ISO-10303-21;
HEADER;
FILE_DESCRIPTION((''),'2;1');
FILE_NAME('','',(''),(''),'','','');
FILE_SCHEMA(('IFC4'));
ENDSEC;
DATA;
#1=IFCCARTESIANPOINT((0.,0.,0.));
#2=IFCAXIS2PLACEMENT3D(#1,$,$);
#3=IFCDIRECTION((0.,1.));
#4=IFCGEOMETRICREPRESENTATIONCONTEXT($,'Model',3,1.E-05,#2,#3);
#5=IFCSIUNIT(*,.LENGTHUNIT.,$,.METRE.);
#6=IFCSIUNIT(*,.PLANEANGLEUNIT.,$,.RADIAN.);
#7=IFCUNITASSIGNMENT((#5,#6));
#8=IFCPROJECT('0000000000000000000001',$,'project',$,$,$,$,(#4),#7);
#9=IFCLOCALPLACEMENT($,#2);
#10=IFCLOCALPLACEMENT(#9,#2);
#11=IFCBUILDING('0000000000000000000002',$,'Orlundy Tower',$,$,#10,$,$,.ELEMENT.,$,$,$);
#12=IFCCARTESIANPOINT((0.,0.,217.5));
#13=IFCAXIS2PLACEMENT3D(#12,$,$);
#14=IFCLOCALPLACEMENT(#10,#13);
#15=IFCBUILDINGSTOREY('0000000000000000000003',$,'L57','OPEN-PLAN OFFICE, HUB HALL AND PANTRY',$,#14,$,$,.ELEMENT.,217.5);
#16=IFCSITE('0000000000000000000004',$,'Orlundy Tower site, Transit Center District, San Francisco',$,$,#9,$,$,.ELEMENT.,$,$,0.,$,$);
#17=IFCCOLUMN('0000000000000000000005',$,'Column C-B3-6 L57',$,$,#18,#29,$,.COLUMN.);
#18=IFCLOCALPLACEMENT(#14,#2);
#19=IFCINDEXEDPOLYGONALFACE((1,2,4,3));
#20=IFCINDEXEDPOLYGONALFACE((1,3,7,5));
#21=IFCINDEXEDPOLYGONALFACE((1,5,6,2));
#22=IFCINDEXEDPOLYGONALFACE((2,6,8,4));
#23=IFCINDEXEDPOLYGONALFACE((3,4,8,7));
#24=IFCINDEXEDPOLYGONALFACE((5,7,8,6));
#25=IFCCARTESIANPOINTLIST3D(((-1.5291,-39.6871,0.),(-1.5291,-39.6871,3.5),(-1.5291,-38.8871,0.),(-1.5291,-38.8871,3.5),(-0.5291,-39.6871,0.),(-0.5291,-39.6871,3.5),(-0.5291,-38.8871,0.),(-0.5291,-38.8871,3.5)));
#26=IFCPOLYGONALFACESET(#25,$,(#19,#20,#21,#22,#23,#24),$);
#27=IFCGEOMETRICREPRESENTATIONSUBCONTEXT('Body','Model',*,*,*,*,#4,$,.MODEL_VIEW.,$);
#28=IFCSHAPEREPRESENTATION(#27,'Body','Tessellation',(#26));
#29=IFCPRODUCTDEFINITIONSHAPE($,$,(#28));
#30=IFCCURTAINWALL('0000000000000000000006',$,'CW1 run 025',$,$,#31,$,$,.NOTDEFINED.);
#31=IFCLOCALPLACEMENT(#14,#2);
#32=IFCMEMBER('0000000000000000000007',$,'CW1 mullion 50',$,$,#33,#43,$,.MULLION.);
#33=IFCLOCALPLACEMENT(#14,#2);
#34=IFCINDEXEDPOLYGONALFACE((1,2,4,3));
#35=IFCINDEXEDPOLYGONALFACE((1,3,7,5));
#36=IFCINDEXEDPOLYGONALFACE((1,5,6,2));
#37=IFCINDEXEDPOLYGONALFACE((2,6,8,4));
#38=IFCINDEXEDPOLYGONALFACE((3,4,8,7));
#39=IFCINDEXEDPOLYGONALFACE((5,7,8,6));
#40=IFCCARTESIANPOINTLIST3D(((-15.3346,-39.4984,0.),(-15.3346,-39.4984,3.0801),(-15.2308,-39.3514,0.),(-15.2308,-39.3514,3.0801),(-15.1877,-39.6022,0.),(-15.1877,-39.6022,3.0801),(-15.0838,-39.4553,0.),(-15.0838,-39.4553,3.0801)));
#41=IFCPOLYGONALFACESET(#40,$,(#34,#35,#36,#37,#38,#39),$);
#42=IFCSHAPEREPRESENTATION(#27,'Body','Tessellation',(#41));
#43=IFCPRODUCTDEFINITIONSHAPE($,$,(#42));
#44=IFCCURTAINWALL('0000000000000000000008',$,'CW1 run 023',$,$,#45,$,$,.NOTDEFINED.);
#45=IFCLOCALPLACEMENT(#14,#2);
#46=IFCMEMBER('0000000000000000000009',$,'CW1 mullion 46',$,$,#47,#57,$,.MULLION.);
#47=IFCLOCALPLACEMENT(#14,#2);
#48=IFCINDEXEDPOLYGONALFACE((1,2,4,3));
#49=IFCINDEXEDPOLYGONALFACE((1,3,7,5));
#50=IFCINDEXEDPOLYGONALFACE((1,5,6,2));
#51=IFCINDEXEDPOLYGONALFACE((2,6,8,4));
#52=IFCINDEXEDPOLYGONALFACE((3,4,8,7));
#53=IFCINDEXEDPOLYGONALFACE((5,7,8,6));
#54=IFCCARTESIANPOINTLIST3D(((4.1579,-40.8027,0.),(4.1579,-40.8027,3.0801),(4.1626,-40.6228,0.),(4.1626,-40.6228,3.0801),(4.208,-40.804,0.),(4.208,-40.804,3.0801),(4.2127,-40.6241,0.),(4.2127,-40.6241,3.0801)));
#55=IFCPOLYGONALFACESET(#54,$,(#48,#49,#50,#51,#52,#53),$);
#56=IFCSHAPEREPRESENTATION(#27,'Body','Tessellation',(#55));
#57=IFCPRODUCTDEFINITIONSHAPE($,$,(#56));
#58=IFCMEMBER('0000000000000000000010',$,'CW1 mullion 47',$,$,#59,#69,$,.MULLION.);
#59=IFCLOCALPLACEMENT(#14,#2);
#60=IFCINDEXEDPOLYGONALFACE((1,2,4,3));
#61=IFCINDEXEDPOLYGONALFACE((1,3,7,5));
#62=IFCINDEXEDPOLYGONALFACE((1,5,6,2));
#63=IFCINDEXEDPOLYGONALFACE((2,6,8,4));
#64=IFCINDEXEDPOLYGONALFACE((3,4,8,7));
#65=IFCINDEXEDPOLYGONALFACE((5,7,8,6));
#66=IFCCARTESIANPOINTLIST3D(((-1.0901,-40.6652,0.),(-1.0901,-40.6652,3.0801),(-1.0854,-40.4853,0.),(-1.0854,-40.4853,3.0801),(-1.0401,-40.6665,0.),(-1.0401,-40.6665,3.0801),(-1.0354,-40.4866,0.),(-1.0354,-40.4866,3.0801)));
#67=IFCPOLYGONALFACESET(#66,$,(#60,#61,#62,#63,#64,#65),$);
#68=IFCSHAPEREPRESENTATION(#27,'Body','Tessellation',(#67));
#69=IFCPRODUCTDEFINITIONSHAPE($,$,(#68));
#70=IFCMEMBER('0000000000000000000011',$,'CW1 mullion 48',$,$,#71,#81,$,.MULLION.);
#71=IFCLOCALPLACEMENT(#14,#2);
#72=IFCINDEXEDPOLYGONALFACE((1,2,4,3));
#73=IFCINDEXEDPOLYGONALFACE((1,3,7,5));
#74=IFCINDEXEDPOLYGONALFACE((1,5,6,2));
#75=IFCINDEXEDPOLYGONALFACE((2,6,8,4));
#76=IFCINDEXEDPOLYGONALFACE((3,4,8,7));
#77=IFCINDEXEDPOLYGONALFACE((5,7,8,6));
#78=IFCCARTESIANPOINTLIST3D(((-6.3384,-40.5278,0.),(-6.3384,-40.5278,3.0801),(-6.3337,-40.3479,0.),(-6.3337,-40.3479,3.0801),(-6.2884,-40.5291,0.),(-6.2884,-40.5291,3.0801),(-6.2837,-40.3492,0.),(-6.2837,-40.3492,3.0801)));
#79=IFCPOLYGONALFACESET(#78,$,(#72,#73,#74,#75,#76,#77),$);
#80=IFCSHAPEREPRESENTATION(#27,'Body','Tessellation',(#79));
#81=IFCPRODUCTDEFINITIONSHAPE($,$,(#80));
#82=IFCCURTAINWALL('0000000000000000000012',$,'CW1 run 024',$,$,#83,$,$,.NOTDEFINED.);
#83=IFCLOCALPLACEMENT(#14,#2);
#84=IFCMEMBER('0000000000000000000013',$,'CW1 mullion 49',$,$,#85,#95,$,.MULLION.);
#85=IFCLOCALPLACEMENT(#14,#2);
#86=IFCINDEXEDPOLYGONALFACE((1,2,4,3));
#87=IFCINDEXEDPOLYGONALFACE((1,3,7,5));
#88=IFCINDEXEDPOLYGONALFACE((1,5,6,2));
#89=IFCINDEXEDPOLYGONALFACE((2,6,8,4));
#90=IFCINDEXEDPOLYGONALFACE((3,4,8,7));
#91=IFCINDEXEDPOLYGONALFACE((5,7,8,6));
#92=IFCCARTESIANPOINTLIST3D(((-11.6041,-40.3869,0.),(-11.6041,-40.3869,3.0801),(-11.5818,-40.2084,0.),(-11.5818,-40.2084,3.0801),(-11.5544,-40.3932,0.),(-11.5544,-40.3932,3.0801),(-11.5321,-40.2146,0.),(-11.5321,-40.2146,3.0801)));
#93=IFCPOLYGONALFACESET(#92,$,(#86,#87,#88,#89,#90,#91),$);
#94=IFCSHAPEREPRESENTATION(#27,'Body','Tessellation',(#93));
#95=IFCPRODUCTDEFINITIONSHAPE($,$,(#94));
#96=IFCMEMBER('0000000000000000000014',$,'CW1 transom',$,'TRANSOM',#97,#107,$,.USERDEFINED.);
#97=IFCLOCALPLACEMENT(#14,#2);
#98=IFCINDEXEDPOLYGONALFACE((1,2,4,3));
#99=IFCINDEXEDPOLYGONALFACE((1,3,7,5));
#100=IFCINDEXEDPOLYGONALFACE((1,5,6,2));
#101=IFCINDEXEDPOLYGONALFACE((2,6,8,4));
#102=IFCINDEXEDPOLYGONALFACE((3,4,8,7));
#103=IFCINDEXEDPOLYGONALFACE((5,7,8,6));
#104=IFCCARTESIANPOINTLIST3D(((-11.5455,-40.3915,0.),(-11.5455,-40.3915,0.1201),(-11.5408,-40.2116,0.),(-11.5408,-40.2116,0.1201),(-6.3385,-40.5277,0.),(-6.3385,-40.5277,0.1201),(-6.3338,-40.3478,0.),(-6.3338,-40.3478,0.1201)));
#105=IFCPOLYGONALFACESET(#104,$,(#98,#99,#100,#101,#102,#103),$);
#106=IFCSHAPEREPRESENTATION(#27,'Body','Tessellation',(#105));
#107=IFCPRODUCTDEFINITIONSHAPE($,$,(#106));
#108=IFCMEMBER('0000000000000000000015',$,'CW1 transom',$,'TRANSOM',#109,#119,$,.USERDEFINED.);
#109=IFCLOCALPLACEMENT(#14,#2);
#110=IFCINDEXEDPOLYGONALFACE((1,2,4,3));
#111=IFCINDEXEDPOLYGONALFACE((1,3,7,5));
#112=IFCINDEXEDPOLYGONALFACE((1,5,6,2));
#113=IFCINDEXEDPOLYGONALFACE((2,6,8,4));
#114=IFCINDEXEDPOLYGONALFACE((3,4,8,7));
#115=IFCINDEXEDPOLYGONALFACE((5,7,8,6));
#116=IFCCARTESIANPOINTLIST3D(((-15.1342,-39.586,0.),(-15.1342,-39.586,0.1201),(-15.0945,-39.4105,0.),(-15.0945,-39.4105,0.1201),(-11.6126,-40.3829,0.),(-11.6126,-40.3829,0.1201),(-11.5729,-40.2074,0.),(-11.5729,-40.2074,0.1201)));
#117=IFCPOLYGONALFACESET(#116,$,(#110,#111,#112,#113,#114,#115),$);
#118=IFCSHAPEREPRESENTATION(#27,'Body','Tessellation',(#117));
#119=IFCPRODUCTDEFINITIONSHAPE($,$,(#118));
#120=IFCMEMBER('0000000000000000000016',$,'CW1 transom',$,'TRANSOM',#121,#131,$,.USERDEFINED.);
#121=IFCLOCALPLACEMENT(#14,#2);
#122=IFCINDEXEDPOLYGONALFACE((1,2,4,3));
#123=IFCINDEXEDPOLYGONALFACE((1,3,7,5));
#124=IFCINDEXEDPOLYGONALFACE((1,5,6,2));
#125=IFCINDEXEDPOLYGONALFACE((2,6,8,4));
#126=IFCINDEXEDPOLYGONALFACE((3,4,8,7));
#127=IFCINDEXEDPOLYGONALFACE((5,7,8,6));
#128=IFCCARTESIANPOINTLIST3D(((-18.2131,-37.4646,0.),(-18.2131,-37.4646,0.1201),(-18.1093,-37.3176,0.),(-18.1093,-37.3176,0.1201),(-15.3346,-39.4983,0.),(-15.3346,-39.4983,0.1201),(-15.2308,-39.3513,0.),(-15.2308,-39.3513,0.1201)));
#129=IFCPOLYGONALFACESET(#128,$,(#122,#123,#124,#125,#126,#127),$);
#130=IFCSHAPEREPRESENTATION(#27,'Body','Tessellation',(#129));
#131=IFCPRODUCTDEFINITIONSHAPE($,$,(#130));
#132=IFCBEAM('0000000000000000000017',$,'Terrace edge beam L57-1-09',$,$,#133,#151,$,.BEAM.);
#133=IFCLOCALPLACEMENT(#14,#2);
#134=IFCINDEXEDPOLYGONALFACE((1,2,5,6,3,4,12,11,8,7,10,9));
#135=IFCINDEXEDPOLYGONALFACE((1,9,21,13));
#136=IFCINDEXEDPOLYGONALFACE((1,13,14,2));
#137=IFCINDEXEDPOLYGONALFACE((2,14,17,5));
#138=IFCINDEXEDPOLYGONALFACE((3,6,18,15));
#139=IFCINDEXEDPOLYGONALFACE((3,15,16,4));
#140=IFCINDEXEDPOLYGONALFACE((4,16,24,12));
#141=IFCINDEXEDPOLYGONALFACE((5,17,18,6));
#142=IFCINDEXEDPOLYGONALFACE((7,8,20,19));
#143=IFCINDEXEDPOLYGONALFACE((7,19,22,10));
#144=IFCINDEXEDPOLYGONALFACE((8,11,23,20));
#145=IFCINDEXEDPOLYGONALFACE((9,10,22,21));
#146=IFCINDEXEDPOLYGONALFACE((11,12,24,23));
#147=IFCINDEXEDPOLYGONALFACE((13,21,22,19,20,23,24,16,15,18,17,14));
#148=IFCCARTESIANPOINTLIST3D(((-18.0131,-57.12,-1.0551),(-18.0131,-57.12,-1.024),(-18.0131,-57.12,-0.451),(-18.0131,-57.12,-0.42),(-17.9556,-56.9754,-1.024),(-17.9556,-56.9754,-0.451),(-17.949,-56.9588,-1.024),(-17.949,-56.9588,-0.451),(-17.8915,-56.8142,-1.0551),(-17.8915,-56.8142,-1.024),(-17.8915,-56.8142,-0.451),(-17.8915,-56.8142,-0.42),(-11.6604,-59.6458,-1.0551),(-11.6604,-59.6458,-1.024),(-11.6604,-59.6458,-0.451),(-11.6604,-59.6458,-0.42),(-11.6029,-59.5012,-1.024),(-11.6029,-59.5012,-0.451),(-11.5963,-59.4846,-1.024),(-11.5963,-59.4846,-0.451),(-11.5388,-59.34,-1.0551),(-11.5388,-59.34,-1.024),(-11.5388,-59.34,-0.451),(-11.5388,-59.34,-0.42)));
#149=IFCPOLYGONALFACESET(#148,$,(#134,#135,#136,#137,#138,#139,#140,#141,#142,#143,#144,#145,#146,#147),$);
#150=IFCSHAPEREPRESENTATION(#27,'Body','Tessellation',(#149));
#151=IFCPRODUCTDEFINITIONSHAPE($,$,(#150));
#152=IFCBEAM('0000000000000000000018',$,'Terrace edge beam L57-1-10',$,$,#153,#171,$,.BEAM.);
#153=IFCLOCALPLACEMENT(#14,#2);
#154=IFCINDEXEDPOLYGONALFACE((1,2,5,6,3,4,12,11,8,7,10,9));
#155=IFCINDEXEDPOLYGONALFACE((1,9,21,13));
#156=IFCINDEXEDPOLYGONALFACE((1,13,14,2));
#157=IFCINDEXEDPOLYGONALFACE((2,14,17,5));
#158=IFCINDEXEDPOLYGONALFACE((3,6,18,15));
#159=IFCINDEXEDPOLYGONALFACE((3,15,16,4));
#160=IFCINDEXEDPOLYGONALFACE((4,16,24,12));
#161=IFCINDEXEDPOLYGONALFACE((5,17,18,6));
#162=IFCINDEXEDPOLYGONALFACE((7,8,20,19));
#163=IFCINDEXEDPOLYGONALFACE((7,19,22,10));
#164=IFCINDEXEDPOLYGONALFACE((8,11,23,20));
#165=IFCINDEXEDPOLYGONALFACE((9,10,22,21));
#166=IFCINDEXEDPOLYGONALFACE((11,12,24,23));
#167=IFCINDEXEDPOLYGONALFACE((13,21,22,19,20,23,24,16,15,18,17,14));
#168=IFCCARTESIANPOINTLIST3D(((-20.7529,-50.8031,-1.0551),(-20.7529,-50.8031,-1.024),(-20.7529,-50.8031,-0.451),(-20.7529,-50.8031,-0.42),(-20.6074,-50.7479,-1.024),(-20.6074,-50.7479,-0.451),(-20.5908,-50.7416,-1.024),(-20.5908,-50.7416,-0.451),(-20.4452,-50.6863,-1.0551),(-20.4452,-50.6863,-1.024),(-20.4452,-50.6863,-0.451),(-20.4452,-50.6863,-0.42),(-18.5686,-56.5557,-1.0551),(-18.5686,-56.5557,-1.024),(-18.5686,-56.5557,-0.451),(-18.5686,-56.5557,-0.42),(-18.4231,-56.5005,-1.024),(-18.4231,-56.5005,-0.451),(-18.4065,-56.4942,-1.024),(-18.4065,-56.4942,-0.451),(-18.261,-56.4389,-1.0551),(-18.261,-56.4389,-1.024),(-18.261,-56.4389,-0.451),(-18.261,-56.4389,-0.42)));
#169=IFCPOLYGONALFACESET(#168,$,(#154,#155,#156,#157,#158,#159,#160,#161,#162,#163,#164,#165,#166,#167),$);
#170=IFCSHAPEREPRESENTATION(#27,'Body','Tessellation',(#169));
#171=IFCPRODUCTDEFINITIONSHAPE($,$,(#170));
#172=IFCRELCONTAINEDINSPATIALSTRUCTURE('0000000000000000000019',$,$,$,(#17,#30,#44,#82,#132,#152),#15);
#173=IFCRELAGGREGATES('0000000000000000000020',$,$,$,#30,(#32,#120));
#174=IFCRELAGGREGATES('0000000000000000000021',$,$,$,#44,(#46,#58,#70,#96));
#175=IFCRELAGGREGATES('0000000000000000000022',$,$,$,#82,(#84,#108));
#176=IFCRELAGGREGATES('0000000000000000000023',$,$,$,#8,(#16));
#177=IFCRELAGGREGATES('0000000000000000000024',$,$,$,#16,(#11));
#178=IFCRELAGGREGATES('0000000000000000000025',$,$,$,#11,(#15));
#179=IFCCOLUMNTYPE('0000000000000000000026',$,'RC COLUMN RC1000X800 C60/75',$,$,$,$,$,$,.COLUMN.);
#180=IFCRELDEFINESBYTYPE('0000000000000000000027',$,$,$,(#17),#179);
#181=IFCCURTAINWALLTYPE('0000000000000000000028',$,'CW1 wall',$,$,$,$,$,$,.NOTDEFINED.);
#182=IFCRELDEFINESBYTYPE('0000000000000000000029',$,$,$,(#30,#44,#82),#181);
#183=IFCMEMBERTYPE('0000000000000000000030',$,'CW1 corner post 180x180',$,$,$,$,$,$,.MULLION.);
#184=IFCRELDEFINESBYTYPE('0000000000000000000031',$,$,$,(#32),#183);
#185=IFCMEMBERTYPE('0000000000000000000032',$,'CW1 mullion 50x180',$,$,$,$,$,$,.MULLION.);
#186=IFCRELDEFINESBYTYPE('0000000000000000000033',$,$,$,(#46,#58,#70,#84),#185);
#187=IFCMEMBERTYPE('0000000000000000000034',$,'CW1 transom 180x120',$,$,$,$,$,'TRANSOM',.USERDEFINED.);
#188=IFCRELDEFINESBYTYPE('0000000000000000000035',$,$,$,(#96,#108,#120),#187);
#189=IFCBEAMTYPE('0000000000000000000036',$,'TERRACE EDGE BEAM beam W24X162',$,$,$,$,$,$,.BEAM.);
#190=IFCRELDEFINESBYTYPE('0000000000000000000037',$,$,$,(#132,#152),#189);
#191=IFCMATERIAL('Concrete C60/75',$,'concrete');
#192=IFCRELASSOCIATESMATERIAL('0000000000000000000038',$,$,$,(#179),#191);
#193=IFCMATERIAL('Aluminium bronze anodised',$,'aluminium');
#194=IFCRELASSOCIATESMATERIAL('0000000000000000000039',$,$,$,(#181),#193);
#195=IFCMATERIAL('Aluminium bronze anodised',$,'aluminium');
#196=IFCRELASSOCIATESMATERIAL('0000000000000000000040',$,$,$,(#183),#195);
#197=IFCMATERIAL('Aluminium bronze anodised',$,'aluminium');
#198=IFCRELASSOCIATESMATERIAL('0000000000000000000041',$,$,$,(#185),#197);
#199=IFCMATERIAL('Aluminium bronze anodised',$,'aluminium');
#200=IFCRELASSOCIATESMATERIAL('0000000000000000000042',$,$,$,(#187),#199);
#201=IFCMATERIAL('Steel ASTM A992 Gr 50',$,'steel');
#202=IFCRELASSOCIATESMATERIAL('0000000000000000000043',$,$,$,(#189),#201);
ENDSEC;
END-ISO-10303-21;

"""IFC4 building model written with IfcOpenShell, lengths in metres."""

from ifc_helpers import new_model, si_unit, direction, frame, origin, origin_2d, place, context, subcontext, project, spatial, rectangle, i_section, extrude, material, material_profile, profile_set, type_object, element, aggregate, save


model = new_model("IFC4")

# Units and contexts
model_context = context("Model", 3, precision=1e-05, world=origin(), true_north=direction((0.0, 1.0)))
body_context = subcontext(model_context, "Body", "Model", "MODEL_VIEW")
ifc_project = project(units=[si_unit("LENGTHUNIT", "METRE"), si_unit("PLANEANGLEUNIT", "RADIAN")], contexts=[model_context])

# Site, building, storey
site_placement = place(None, origin())
site = spatial("IfcSite", under=ifc_project, at=site_placement, Name="Orlundy Tower site, Transit Center District, San Francisco", CompositionType="ELEMENT", RefElevation=0.0)
building_placement = place(site_placement, origin())
building = spatial("IfcBuilding", under=site, at=building_placement, Name="Orlundy Tower", CompositionType="ELEMENT")
storey_placement = place(building_placement, frame((0.0, 0.0, 217.5)))
storey = spatial("IfcBuildingStorey", under=building, at=storey_placement, Name="L57", Description="OPEN-PLAN OFFICE, HUB HALL AND PANTRY", CompositionType="ELEMENT", Elevation=217.5)

# Column
ifc_material_1 = material(Name="Concrete C60/75", Category="concrete")
ifc_material_profile_1 = material_profile(ifc_material_1, rectangle(XDim=1.0, YDim=0.8, at=origin_2d()), Name="RC1000X800")
ifc_profile_set_1 = profile_set([ifc_material_profile_1], Name="Concrete C60/75")
column_type = type_object("IfcColumnType", Name="RC COLUMN RC1000X800 C60/75", PredefinedType="COLUMN", material=ifc_profile_set_1)
column_placement = place(storey_placement, frame((-1.0291, -39.2871, 0.0), z_axis=(0.0, 0.0, 1.0), x_axis=(1.0, 0.0, 0.0)))
element("IfcColumn", 1, at=column_placement, inside=storey, type_object=column_type, Name="Column C-B3-6 L57", PredefinedType="COLUMN", context=body_context, shape_type="SweptSolid", body=[
    extrude(rectangle(XDim=1.0, YDim=0.8, at=origin_2d()), origin(), (0.0, 0.0, 1.0), 3.5),
])

# Curtain wall, member
ifc_material_2 = material(Name="Aluminium bronze anodised", Category="aluminium")
curtain_wall_type = type_object("IfcCurtainWallType", Name="CW1 wall", PredefinedType="NOTDEFINED", material=ifc_material_2)
curtain_wall_1_placement = place(storey_placement, origin())
curtain_wall_1 = element("IfcCurtainWall", 2, at=curtain_wall_1_placement, inside=storey, type_object=curtain_wall_type, Name="CW1 run 025", PredefinedType="NOTDEFINED")
ifc_material_3 = material(Name="Aluminium bronze anodised", Category="aluminium")
ifc_material_profile_2 = material_profile(ifc_material_3, rectangle(XDim=0.1799, YDim=0.1799, at=origin_2d()), Name="CW1 corner post 180x180")
ifc_profile_set_2 = profile_set([ifc_material_profile_2], Name="Aluminium bronze anodised")
member_type_1 = type_object("IfcMemberType", Name="CW1 corner post 180x180", PredefinedType="MULLION", material=ifc_profile_set_2)
member_1_placement = place(storey_placement, frame((-15.2092, -39.4768, 0.0), z_axis=(0.0, 0.0, 1.0), x_axis=(-0.577096, -0.816676, 0.0)))
member_1 = element("IfcMember", 3, at=member_1_placement, type_object=member_type_1, Name="CW1 mullion 50", PredefinedType="MULLION", context=body_context, shape_type="SweptSolid", body=[
    extrude(rectangle(XDim=0.1799, YDim=0.1799, at=origin_2d()), origin(), (0.0, 0.0, 1.0), 3.0801),
])

# Curtain wall, members
curtain_wall_2_placement = place(storey_placement, origin())
curtain_wall_2 = element("IfcCurtainWall", 4, at=curtain_wall_2_placement, inside=storey, type_object=curtain_wall_type, Name="CW1 run 023", PredefinedType="NOTDEFINED")
ifc_material_4 = material(Name="Aluminium bronze anodised", Category="aluminium")
ifc_material_profile_3 = material_profile(ifc_material_4, rectangle(XDim=0.1799, YDim=0.05, at=origin_2d()), Name="CW1 mullion 50x180")
ifc_profile_set_3 = profile_set([ifc_material_profile_3], Name="Aluminium bronze anodised")
member_type_2 = type_object("IfcMemberType", Name="CW1 mullion 50x180", PredefinedType="MULLION", material=ifc_profile_set_3)
member_2_placement = place(storey_placement, frame((4.1853, -40.7134, 0.0), z_axis=(0.0, 0.0, 1.0), x_axis=(-0.02619, -0.999657, 0.0)))
member_2 = element("IfcMember", 5, at=member_2_placement, type_object=member_type_2, Name="CW1 mullion 46", PredefinedType="MULLION", context=body_context, shape_type="SweptSolid", body=[
    extrude(rectangle(XDim=0.1799, YDim=0.05, at=origin_2d()), origin(), (0.0, 0.0, 1.0), 3.0801),
])
member_3_placement = place(storey_placement, frame((-1.0627, -40.5759, 0.0), z_axis=(0.0, 0.0, 1.0), x_axis=(-0.02619, -0.999657, 0.0)))
member_3 = element("IfcMember", 6, at=member_3_placement, type_object=member_type_2, Name="CW1 mullion 47", PredefinedType="MULLION", context=body_context, shape_type="SweptSolid", body=[
    extrude(rectangle(XDim=0.1799, YDim=0.05, at=origin_2d()), origin(), (0.0, 0.0, 1.0), 3.0801),
])
member_4_placement = place(storey_placement, frame((-6.311, -40.4385, 0.0), z_axis=(0.0, 0.0, 1.0), x_axis=(-0.02619, -0.999657, 0.0)))
member_4 = element("IfcMember", 7, at=member_4_placement, type_object=member_type_2, Name="CW1 mullion 48", PredefinedType="MULLION", context=body_context, shape_type="SweptSolid", body=[
    extrude(rectangle(XDim=0.1799, YDim=0.05, at=origin_2d()), origin(), (0.0, 0.0, 1.0), 3.0801),
])

# Curtain wall, member
curtain_wall_3_placement = place(storey_placement, origin())
curtain_wall_3 = element("IfcCurtainWall", 8, at=curtain_wall_3_placement, inside=storey, type_object=curtain_wall_type, Name="CW1 run 024", PredefinedType="NOTDEFINED")
member_5_placement = place(storey_placement, frame((-11.5681, -40.3008, 0.0), z_axis=(0.0, 0.0, 1.0), x_axis=(-0.124042, -0.992277, 0.0)))
member_5 = element("IfcMember", 9, at=member_5_placement, type_object=member_type_2, Name="CW1 mullion 49", PredefinedType="MULLION", context=body_context, shape_type="SweptSolid", body=[
    extrude(rectangle(XDim=0.1799, YDim=0.05, at=origin_2d()), origin(), (0.0, 0.0, 1.0), 3.0801),
])

# Members
ifc_material_5 = material(Name="Aluminium bronze anodised", Category="aluminium")
ifc_material_profile_4 = material_profile(ifc_material_5, rectangle(XDim=0.1799, YDim=0.1201, at=origin_2d()), Name="CW1 transom 180x120")
ifc_profile_set_4 = profile_set([ifc_material_profile_4], Name="Aluminium bronze anodised")
member_type_3 = type_object("IfcMemberType", Name="CW1 transom 180x120", ElementType="TRANSOM", PredefinedType="USERDEFINED", material=ifc_profile_set_4)
member_6_placement = place(storey_placement, frame((-6.3362, -40.4377, 0.0601), z_axis=(-0.999658, 0.026154, 0.0), x_axis=(-0.026154, -0.999658, 0.0)))
member_6 = element("IfcMember", 10, at=member_6_placement, type_object=member_type_3, Name="CW1 transom", ObjectType="TRANSOM", PredefinedType="USERDEFINED", context=body_context, shape_type="SweptSolid", body=[
    extrude(rectangle(XDim=0.1799, YDim=0.1201, at=origin_2d()), origin(), (0.0, 0.0, 1.0), 5.2087),
])
member_7_placement = place(storey_placement, frame((-11.5928, -40.2952, 0.0601), z_axis=(-0.97534, 0.220709, 0.0), x_axis=(-0.220709, -0.97534, 0.0)))
member_7 = element("IfcMember", 11, at=member_7_placement, type_object=member_type_3, Name="CW1 transom", ObjectType="TRANSOM", PredefinedType="USERDEFINED", context=body_context, shape_type="SweptSolid", body=[
    extrude(rectangle(XDim=0.1799, YDim=0.1201, at=origin_2d()), origin(), (0.0, 0.0, 1.0), 3.6106),
])
member_8_placement = place(storey_placement, frame((-15.2827, -39.4248, 0.0601), z_axis=(-0.816718, 0.577037, 0.0), x_axis=(-0.577037, -0.816718, 0.0)))
member_8 = element("IfcMember", 12, at=member_8_placement, type_object=member_type_3, Name="CW1 transom", ObjectType="TRANSOM", PredefinedType="USERDEFINED", context=body_context, shape_type="SweptSolid", body=[
    extrude(rectangle(XDim=0.1799, YDim=0.1201, at=origin_2d()), origin(), (0.0, 0.0, 1.0), 3.5244),
])
aggregate(curtain_wall_1, [member_1, member_8])

# Beams
ifc_material_6 = material(Name="Steel ASTM A992 Gr 50", Category="steel")
ifc_material_profile_5 = material_profile(ifc_material_6, i_section(OverallWidth=0.3291, OverallDepth=0.635, WebThickness=0.0178, FlangeThickness=0.031, at=origin_2d()), Name="W24X162")
ifc_profile_set_5 = profile_set([ifc_material_profile_5], Name="Steel ASTM A992 Gr 50")
beam_type_1 = type_object("IfcBeamType", Name="TERRACE EDGE BEAM beam W24X162", PredefinedType="BEAM", material=ifc_profile_set_5)
beam_1_placement = place(storey_placement, frame((-11.5996, -59.4929, -0.7375), z_axis=(-0.929243, 0.369469, 0.0), x_axis=(-0.369469, -0.929243, 0.0)))
element("IfcBeam", 13, at=beam_1_placement, inside=storey, type_object=beam_type_1, Name="Terrace edge beam L57-1-09", PredefinedType="BEAM", context=body_context, shape_type="SweptSolid", body=[
    extrude(i_section(OverallWidth=0.3291, OverallDepth=0.635, WebThickness=0.0178, FlangeThickness=0.031, at=origin_2d()), origin(), (0.0, 0.0, 1.0), 6.8364),
])
beam_2_placement = place(storey_placement, frame((-18.4148, -56.4973, -0.7375), z_axis=(-0.354977, 0.934875, 0.0), x_axis=(-0.934875, -0.354977, 0.0)))
element("IfcBeam", 14, at=beam_2_placement, inside=storey, type_object=beam_type_1, Name="Terrace edge beam L57-1-10", PredefinedType="BEAM", context=body_context, shape_type="SweptSolid", body=[
    extrude(i_section(OverallWidth=0.3291, OverallDepth=0.635, WebThickness=0.0178, FlangeThickness=0.031, at=origin_2d()), origin(), (0.0, 0.0, 1.0), 6.1533),
])

aggregate(curtain_wall_2, [member_2, member_3, member_4, member_6])
aggregate(curtain_wall_3, [member_5, member_7])

save(model, "model.ifc")
